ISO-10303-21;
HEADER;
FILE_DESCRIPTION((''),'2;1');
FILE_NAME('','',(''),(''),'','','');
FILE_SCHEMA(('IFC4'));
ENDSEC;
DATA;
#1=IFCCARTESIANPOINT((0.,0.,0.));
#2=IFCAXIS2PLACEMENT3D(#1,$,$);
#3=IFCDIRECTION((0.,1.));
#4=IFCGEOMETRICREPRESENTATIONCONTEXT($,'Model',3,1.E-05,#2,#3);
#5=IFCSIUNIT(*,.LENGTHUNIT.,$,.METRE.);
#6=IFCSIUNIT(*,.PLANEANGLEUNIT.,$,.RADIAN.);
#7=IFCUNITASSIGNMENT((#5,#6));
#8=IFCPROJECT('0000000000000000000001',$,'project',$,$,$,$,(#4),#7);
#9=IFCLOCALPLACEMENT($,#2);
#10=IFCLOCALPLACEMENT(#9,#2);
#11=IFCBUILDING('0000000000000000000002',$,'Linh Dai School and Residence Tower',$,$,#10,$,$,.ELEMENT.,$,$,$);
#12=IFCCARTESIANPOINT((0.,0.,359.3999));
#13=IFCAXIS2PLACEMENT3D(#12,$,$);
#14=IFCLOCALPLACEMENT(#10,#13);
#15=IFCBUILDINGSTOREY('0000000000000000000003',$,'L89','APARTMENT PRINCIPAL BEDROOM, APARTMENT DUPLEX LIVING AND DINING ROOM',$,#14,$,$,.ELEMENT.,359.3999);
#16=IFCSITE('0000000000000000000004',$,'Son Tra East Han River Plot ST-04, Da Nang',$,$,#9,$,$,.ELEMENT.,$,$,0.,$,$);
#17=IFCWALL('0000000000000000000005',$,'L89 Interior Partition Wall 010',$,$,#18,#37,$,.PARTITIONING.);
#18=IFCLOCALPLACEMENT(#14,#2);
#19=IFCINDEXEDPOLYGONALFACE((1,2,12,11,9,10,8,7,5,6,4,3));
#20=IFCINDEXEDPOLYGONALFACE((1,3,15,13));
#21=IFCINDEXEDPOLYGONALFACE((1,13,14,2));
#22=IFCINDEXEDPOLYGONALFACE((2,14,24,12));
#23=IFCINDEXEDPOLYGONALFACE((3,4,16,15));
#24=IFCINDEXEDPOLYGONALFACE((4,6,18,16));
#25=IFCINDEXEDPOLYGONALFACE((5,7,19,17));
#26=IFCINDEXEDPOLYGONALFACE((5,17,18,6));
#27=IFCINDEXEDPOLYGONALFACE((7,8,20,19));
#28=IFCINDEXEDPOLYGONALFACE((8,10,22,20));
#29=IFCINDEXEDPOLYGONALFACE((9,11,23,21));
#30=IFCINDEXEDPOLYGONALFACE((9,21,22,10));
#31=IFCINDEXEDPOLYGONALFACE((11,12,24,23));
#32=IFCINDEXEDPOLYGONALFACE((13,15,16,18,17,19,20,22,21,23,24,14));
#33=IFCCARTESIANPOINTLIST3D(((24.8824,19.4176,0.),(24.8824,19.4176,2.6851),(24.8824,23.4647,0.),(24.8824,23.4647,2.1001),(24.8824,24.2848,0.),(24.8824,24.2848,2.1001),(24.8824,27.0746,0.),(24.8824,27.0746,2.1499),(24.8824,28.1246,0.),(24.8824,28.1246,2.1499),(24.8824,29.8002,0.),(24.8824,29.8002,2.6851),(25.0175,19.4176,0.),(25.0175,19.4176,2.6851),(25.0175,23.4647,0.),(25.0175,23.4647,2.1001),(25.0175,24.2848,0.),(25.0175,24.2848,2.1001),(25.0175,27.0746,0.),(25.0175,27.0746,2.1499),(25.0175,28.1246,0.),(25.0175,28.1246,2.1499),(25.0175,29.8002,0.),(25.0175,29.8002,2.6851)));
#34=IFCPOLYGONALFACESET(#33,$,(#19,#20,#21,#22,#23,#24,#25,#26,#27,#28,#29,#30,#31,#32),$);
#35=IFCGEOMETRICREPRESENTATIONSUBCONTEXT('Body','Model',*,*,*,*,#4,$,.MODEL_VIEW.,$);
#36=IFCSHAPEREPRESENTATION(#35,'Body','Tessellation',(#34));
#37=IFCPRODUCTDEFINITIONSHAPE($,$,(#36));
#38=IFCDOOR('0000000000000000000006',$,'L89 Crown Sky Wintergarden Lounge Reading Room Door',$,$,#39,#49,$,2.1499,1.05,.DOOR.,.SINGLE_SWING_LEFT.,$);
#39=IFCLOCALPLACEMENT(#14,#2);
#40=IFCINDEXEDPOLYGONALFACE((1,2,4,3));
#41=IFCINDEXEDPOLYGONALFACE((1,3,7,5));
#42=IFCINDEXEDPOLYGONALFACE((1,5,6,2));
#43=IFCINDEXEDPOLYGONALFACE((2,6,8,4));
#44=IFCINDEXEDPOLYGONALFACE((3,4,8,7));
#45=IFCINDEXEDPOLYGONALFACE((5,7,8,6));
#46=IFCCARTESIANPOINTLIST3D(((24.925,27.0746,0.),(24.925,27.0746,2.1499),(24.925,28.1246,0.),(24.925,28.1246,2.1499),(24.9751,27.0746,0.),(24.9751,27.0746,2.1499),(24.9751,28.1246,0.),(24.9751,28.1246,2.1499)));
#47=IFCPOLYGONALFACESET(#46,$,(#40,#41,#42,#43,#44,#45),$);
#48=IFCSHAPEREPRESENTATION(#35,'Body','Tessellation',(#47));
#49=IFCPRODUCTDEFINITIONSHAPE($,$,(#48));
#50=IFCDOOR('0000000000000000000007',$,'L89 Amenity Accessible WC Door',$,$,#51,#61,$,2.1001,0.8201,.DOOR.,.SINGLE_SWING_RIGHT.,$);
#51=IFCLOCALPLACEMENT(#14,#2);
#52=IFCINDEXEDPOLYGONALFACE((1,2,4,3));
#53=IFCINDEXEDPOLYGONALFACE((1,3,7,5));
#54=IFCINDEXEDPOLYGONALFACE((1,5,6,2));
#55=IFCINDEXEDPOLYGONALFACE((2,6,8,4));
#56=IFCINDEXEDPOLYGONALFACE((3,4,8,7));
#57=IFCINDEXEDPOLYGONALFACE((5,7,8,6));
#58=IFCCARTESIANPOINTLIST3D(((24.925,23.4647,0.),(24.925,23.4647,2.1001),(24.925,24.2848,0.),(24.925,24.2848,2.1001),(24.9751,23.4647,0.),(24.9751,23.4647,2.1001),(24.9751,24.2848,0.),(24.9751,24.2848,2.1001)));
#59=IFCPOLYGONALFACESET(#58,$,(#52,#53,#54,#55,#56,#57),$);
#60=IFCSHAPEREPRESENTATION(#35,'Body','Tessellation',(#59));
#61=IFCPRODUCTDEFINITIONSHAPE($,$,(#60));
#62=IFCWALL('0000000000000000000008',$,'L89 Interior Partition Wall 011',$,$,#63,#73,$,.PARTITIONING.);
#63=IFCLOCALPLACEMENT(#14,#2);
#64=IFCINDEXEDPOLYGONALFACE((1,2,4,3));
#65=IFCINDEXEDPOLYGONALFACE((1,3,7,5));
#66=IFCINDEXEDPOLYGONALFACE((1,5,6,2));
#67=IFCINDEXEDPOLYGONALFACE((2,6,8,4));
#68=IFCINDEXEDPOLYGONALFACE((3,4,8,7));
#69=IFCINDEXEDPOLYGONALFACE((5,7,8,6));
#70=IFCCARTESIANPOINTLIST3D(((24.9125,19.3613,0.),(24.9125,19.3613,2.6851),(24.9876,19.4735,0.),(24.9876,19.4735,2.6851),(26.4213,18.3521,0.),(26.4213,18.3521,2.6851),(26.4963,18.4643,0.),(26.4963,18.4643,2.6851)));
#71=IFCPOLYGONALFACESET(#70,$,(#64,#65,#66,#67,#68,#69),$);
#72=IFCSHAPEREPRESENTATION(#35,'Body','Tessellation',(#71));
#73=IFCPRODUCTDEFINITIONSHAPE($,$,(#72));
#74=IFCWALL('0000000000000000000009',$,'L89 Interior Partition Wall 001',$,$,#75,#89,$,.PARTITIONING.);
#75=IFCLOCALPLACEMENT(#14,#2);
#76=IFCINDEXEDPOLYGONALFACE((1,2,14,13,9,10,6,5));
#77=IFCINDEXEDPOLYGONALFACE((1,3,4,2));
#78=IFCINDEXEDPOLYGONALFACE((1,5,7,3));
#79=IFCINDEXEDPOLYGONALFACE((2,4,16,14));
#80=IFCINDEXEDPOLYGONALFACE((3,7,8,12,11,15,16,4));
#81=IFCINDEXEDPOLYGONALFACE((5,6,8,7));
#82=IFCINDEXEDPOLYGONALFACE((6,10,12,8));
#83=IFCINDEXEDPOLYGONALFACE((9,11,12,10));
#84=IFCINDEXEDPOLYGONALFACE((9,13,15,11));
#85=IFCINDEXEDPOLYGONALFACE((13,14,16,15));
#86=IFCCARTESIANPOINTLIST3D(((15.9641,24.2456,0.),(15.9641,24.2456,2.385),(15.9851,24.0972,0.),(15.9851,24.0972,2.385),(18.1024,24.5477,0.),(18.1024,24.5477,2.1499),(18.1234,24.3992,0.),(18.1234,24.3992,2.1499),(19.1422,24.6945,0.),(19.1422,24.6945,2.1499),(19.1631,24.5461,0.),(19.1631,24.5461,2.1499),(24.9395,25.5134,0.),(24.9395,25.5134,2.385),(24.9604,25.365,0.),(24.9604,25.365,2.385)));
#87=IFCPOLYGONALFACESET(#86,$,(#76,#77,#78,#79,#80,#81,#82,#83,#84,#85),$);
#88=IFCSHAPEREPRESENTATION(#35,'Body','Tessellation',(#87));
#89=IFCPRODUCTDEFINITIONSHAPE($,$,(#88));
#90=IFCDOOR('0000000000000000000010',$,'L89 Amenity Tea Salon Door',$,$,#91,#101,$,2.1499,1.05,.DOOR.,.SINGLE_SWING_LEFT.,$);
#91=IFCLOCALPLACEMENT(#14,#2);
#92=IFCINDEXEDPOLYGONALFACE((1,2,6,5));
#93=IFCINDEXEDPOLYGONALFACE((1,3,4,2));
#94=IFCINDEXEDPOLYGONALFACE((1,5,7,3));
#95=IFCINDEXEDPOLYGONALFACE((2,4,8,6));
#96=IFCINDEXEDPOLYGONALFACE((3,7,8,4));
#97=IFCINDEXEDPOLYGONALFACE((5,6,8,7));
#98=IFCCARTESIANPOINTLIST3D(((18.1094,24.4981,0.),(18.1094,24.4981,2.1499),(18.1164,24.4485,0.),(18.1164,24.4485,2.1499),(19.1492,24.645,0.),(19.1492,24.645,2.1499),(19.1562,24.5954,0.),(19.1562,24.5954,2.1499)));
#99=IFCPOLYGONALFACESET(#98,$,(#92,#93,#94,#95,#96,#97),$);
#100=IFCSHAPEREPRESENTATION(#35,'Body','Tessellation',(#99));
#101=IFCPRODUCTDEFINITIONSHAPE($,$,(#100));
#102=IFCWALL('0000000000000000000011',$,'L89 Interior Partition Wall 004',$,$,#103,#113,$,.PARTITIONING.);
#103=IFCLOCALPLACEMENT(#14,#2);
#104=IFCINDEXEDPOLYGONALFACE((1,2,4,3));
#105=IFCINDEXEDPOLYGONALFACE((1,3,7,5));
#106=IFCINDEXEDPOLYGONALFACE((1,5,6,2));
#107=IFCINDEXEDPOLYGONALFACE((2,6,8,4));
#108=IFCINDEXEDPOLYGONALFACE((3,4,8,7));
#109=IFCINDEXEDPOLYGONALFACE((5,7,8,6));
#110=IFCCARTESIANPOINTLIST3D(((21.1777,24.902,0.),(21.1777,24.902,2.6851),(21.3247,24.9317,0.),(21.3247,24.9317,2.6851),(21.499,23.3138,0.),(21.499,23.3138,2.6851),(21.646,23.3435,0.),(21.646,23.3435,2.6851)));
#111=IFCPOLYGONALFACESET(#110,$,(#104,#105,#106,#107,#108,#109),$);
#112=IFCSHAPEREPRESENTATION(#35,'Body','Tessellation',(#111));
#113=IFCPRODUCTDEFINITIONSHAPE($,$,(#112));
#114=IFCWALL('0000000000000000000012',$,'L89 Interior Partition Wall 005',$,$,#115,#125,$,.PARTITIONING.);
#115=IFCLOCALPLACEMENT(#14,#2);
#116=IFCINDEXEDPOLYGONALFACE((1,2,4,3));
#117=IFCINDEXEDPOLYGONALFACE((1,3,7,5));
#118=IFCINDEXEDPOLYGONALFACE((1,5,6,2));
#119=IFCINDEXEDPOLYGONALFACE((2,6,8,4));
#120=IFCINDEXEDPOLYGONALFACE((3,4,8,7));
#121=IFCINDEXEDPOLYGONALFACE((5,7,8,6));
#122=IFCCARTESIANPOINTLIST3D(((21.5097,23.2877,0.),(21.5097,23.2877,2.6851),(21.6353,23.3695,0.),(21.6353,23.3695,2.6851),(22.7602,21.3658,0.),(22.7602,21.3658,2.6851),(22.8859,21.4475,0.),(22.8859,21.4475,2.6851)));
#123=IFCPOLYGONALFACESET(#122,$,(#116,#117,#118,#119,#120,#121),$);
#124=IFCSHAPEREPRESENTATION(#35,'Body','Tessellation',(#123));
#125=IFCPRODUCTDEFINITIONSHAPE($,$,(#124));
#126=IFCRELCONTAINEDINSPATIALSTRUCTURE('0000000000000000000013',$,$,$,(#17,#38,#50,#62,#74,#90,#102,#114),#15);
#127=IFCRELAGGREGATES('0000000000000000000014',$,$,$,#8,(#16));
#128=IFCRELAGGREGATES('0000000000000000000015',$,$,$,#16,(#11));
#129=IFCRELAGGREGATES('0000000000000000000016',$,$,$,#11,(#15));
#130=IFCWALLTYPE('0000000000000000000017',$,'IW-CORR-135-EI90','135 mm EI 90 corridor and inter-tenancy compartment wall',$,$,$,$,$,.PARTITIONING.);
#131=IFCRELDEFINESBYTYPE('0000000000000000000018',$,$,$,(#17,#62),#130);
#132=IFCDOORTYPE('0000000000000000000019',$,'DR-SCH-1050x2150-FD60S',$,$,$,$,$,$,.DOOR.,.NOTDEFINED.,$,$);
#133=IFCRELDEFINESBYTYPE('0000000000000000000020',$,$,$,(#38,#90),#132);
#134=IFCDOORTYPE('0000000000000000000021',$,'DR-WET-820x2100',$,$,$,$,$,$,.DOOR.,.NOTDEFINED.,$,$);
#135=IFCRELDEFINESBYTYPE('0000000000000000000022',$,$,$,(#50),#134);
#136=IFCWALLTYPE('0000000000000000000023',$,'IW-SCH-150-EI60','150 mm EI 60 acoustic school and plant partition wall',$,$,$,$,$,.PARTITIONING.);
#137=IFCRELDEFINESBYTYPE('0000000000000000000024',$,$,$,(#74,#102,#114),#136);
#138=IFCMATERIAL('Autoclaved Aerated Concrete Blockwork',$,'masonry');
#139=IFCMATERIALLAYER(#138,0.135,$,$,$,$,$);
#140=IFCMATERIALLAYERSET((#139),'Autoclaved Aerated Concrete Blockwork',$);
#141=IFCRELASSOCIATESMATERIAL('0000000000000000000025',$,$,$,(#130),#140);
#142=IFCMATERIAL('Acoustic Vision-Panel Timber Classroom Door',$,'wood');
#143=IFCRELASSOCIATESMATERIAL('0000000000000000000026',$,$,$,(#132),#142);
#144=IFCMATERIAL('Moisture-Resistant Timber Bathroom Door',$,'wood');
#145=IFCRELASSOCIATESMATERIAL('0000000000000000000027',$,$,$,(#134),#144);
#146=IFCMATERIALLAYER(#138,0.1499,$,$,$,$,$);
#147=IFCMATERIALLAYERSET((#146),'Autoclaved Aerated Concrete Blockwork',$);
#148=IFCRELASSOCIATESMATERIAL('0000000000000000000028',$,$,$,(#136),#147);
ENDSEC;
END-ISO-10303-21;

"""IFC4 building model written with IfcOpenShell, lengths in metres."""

from ifc_helpers import new_model, si_unit, direction, frame, frame_2d, origin, origin_2d, place, context, subcontext, project, spatial, rectangle, extrude, source, transform, mapped, material, layer, layer_set, type_object, element, fill, save


model = new_model("IFC4")

# Units and contexts
model_context = context("Model", 3, precision=1e-05, world=origin(), true_north=direction((0.0, 1.0)))
body_context = subcontext(model_context, "Body", "Model", "MODEL_VIEW")
ifc_project = project(units=[si_unit("LENGTHUNIT", "METRE"), si_unit("PLANEANGLEUNIT", "RADIAN")], contexts=[model_context])

# Site, building, storey
site_placement = place(None, origin())
site = spatial("IfcSite", under=ifc_project, at=site_placement, Name="Son Tra East Han River Plot ST-04, Da Nang", CompositionType="ELEMENT", RefElevation=0.0)
building_placement = place(site_placement, origin())
building = spatial("IfcBuilding", under=site, at=building_placement, Name="Linh Dai School and Residence Tower", CompositionType="ELEMENT")
storey_placement = place(building_placement, frame((0.0, 0.0, 359.3999)))
storey = spatial("IfcBuildingStorey", under=building, at=storey_placement, Name="L89", Description="APARTMENT PRINCIPAL BEDROOM, APARTMENT DUPLEX LIVING AND DINING ROOM", CompositionType="ELEMENT", Elevation=359.3999)

# Shared definitions
ifc_material_1 = material(Name="Autoclaved Aerated Concrete Blockwork", Category="masonry")
ifc_layer_1 = layer(ifc_material_1, 0.135)
ifc_layer_set_1 = layer_set([ifc_layer_1], Name="Autoclaved Aerated Concrete Blockwork")
wall_type_1 = type_object("IfcWallType", Name="IW-CORR-135-EI90", Description="135 mm EI 90 corridor and inter-tenancy compartment wall", PredefinedType="PARTITIONING", material=ifc_layer_set_1)

# Wall, openings, doors
wall_1_placement = place(storey_placement, frame((24.95, 19.4175, 0.0), z_axis=(0.0, 0.0, 1.0), x_axis=(0.0, 1.0, 0.0)))
wall_1 = element("IfcWall", 1, at=wall_1_placement, inside=storey, type_object=wall_type_1, Name="L89 Interior Partition Wall 010", PredefinedType="PARTITIONING", context=body_context, shape_type="SweptSolid", body=[
    extrude(rectangle(XDim=10.3826, YDim=0.135, at=frame_2d((5.1914, 0.0))), origin(), (0.0, 0.0, 1.0), 2.6851),
])
opening_1_placement = place(wall_1_placement, frame((7.6572, 0.0, 0.0)))
opening_1 = element("IfcOpeningElement", 2, at=opening_1_placement, cuts=wall_1, PredefinedType="OPENING", context=body_context, shape_type="SweptSolid", body=[
    extrude(rectangle(XDim=1.05, YDim=2.1499, at=origin_2d()), frame((0.5249, 0.0776, 1.075), z_axis=(0.0, -1.0, 0.0), x_axis=(1.0, 0.0, 0.0)), (0.0, 0.0, 1.0), 0.155),
])
opening_2_placement = place(wall_1_placement, frame((4.0471, 0.0, 0.0)))
opening_2 = element("IfcOpeningElement", 3, at=opening_2_placement, cuts=wall_1, PredefinedType="OPENING", context=body_context, shape_type="SweptSolid", body=[
    extrude(rectangle(XDim=0.8201, YDim=2.1001, at=origin_2d()), frame((0.4102, 0.0776, 1.05), z_axis=(0.0, -1.0, 0.0), x_axis=(1.0, 0.0, 0.0)), (0.0, 0.0, 1.0), 0.155),
])
ifc_material_2 = material(Name="Acoustic Vision-Panel Timber Classroom Door", Category="wood")
door_type_1 = type_object("IfcDoorType", Name="DR-SCH-1050x2150-FD60S", OperationType="NOTDEFINED", PredefinedType="DOOR", material=ifc_material_2)
shared_shape_1 = source(origin(), body_context, "Body", "SweptSolid", [
    extrude(rectangle(XDim=1.05, YDim=2.1499, at=origin_2d()), frame((0.5249, 0.0249, 1.075), z_axis=(0.0, -1.0, 0.0), x_axis=(1.0, 0.0, 0.0)), (0.0, 0.0, 1.0), 0.05),
])
door_1_placement = place(opening_1_placement, origin())
door_1 = element("IfcDoor", 4, at=door_1_placement, inside=storey, type_object=door_type_1, Name="L89 Crown Sky Wintergarden Lounge Reading Room Door", OperationType="SINGLE_SWING_LEFT", OverallHeight=2.1499, OverallWidth=1.05, PredefinedType="DOOR", context=body_context, shape_type="MappedRepresentation", body=[
    mapped(shared_shape_1, transform((0.0, 0.0, 0.0), x_axis=(1.0, 0.0, 0.0), y_axis=(0.0, 1.0, 0.0), z_axis=(0.0, 0.0, 1.0), scale=1.0)),
])
fill(opening_1, door_1)
ifc_material_3 = material(Name="Moisture-Resistant Timber Bathroom Door", Category="wood")
door_type_2 = type_object("IfcDoorType", Name="DR-WET-820x2100", OperationType="NOTDEFINED", PredefinedType="DOOR", material=ifc_material_3)
shared_shape_2 = source(origin(), body_context, "Body", "SweptSolid", [
    extrude(rectangle(XDim=0.8201, YDim=2.1001, at=origin_2d()), frame((0.4102, 0.0249, 1.05), z_axis=(0.0, -1.0, 0.0), x_axis=(1.0, 0.0, 0.0)), (0.0, 0.0, 1.0), 0.05),
])
door_2_placement = place(opening_2_placement, origin())
door_2 = element("IfcDoor", 5, at=door_2_placement, inside=storey, type_object=door_type_2, Name="L89 Amenity Accessible WC Door", OperationType="SINGLE_SWING_RIGHT", OverallHeight=2.1001, OverallWidth=0.8201, PredefinedType="DOOR", context=body_context, shape_type="MappedRepresentation", body=[
    mapped(shared_shape_2, transform((0.0, 0.0, 0.0), x_axis=(1.0, 0.0, 0.0), y_axis=(0.0, 1.0, 0.0), z_axis=(0.0, 0.0, 1.0), scale=1.0)),
])
fill(opening_2, door_2)

# Wall
wall_2_placement = place(storey_placement, frame((24.95, 19.4175, 0.0), z_axis=(0.0, 0.0, 1.0), x_axis=(0.83118, -0.556003, 0.0)))
element("IfcWall", 6, at=wall_2_placement, inside=storey, type_object=wall_type_1, Name="L89 Interior Partition Wall 011", PredefinedType="PARTITIONING", context=body_context, shape_type="SweptSolid", body=[
    extrude(rectangle(XDim=1.8152, YDim=0.135, at=frame_2d((0.9077, 0.0))), origin(), (0.0, 0.0, 1.0), 2.6851),
])

# Wall, opening, door
ifc_layer_2 = layer(ifc_material_1, 0.1499)
ifc_layer_set_2 = layer_set([ifc_layer_2], Name="Autoclaved Aerated Concrete Blockwork")
wall_type_2 = type_object("IfcWallType", Name="IW-SCH-150-EI60", Description="150 mm EI 60 acoustic school and plant partition wall", PredefinedType="PARTITIONING", material=ifc_layer_set_2)
wall_3_placement = place(storey_placement, frame((15.9746, 24.1714, 0.0), z_axis=(0.0, 0.0, 1.0), x_axis=(0.99017, 0.139868, 0.0)))
wall_3 = element("IfcWall", 7, at=wall_3_placement, inside=storey, type_object=wall_type_2, Name="L89 Interior Partition Wall 001", PredefinedType="PARTITIONING", context=body_context, shape_type="SweptSolid", body=[
    extrude(rectangle(XDim=9.0645, YDim=0.1499, at=frame_2d((4.5322, 0.0))), origin(), (0.0, 0.0, 1.0), 2.385),
])
opening_3_placement = place(wall_3_placement, frame((2.1597, 0.0, 0.0)))
opening_3 = element("IfcOpeningElement", 8, at=opening_3_placement, cuts=wall_3, PredefinedType="OPENING", context=body_context, shape_type="SweptSolid", body=[
    extrude(rectangle(XDim=1.05, YDim=2.1499, at=origin_2d()), frame((0.5249, 0.085, 1.075), z_axis=(0.0, -1.0, 0.0), x_axis=(1.0, 0.0, 0.0)), (0.0, 0.0, 1.0), 0.1699),
])
door_3_placement = place(opening_3_placement, origin())
door_3 = element("IfcDoor", 9, at=door_3_placement, inside=storey, type_object=door_type_1, Name="L89 Amenity Tea Salon Door", OperationType="SINGLE_SWING_LEFT", OverallHeight=2.1499, OverallWidth=1.05, PredefinedType="DOOR", context=body_context, shape_type="MappedRepresentation", body=[
    mapped(shared_shape_1, transform((0.0, 0.0, 0.0), x_axis=(1.0, 0.0, 0.0), y_axis=(0.0, 1.0, 0.0), z_axis=(0.0, 0.0, 1.0), scale=1.0)),
])
fill(opening_3, door_3)

# Walls
wall_4_placement = place(storey_placement, frame((21.2512, 24.9167, 0.0), z_axis=(0.0, 0.0, 1.0), x_axis=(0.198289, -0.980144, 0.0)))
element("IfcWall", 10, at=wall_4_placement, inside=storey, type_object=wall_type_2, Name="L89 Interior Partition Wall 004", PredefinedType="PARTITIONING", context=body_context, shape_type="SweptSolid", body=[
    extrude(rectangle(XDim=1.6204, YDim=0.1499, at=frame_2d((0.8101, 0.0))), origin(), (0.0, 0.0, 1.0), 2.6851),
])
wall_5_placement = place(storey_placement, frame((21.5725, 23.3286, 0.0), z_axis=(0.0, 0.0, 1.0), x_axis=(0.545378, -0.838191, 0.0)))
element("IfcWall", 11, at=wall_5_placement, inside=storey, type_object=wall_type_2, Name="L89 Interior Partition Wall 005", PredefinedType="PARTITIONING", context=body_context, shape_type="SweptSolid", body=[
    extrude(rectangle(XDim=2.293, YDim=0.1499, at=frame_2d((1.1465, 0.0))), origin(), (0.0, 0.0, 1.0), 2.6851),
])

save(model, "model.ifc")
